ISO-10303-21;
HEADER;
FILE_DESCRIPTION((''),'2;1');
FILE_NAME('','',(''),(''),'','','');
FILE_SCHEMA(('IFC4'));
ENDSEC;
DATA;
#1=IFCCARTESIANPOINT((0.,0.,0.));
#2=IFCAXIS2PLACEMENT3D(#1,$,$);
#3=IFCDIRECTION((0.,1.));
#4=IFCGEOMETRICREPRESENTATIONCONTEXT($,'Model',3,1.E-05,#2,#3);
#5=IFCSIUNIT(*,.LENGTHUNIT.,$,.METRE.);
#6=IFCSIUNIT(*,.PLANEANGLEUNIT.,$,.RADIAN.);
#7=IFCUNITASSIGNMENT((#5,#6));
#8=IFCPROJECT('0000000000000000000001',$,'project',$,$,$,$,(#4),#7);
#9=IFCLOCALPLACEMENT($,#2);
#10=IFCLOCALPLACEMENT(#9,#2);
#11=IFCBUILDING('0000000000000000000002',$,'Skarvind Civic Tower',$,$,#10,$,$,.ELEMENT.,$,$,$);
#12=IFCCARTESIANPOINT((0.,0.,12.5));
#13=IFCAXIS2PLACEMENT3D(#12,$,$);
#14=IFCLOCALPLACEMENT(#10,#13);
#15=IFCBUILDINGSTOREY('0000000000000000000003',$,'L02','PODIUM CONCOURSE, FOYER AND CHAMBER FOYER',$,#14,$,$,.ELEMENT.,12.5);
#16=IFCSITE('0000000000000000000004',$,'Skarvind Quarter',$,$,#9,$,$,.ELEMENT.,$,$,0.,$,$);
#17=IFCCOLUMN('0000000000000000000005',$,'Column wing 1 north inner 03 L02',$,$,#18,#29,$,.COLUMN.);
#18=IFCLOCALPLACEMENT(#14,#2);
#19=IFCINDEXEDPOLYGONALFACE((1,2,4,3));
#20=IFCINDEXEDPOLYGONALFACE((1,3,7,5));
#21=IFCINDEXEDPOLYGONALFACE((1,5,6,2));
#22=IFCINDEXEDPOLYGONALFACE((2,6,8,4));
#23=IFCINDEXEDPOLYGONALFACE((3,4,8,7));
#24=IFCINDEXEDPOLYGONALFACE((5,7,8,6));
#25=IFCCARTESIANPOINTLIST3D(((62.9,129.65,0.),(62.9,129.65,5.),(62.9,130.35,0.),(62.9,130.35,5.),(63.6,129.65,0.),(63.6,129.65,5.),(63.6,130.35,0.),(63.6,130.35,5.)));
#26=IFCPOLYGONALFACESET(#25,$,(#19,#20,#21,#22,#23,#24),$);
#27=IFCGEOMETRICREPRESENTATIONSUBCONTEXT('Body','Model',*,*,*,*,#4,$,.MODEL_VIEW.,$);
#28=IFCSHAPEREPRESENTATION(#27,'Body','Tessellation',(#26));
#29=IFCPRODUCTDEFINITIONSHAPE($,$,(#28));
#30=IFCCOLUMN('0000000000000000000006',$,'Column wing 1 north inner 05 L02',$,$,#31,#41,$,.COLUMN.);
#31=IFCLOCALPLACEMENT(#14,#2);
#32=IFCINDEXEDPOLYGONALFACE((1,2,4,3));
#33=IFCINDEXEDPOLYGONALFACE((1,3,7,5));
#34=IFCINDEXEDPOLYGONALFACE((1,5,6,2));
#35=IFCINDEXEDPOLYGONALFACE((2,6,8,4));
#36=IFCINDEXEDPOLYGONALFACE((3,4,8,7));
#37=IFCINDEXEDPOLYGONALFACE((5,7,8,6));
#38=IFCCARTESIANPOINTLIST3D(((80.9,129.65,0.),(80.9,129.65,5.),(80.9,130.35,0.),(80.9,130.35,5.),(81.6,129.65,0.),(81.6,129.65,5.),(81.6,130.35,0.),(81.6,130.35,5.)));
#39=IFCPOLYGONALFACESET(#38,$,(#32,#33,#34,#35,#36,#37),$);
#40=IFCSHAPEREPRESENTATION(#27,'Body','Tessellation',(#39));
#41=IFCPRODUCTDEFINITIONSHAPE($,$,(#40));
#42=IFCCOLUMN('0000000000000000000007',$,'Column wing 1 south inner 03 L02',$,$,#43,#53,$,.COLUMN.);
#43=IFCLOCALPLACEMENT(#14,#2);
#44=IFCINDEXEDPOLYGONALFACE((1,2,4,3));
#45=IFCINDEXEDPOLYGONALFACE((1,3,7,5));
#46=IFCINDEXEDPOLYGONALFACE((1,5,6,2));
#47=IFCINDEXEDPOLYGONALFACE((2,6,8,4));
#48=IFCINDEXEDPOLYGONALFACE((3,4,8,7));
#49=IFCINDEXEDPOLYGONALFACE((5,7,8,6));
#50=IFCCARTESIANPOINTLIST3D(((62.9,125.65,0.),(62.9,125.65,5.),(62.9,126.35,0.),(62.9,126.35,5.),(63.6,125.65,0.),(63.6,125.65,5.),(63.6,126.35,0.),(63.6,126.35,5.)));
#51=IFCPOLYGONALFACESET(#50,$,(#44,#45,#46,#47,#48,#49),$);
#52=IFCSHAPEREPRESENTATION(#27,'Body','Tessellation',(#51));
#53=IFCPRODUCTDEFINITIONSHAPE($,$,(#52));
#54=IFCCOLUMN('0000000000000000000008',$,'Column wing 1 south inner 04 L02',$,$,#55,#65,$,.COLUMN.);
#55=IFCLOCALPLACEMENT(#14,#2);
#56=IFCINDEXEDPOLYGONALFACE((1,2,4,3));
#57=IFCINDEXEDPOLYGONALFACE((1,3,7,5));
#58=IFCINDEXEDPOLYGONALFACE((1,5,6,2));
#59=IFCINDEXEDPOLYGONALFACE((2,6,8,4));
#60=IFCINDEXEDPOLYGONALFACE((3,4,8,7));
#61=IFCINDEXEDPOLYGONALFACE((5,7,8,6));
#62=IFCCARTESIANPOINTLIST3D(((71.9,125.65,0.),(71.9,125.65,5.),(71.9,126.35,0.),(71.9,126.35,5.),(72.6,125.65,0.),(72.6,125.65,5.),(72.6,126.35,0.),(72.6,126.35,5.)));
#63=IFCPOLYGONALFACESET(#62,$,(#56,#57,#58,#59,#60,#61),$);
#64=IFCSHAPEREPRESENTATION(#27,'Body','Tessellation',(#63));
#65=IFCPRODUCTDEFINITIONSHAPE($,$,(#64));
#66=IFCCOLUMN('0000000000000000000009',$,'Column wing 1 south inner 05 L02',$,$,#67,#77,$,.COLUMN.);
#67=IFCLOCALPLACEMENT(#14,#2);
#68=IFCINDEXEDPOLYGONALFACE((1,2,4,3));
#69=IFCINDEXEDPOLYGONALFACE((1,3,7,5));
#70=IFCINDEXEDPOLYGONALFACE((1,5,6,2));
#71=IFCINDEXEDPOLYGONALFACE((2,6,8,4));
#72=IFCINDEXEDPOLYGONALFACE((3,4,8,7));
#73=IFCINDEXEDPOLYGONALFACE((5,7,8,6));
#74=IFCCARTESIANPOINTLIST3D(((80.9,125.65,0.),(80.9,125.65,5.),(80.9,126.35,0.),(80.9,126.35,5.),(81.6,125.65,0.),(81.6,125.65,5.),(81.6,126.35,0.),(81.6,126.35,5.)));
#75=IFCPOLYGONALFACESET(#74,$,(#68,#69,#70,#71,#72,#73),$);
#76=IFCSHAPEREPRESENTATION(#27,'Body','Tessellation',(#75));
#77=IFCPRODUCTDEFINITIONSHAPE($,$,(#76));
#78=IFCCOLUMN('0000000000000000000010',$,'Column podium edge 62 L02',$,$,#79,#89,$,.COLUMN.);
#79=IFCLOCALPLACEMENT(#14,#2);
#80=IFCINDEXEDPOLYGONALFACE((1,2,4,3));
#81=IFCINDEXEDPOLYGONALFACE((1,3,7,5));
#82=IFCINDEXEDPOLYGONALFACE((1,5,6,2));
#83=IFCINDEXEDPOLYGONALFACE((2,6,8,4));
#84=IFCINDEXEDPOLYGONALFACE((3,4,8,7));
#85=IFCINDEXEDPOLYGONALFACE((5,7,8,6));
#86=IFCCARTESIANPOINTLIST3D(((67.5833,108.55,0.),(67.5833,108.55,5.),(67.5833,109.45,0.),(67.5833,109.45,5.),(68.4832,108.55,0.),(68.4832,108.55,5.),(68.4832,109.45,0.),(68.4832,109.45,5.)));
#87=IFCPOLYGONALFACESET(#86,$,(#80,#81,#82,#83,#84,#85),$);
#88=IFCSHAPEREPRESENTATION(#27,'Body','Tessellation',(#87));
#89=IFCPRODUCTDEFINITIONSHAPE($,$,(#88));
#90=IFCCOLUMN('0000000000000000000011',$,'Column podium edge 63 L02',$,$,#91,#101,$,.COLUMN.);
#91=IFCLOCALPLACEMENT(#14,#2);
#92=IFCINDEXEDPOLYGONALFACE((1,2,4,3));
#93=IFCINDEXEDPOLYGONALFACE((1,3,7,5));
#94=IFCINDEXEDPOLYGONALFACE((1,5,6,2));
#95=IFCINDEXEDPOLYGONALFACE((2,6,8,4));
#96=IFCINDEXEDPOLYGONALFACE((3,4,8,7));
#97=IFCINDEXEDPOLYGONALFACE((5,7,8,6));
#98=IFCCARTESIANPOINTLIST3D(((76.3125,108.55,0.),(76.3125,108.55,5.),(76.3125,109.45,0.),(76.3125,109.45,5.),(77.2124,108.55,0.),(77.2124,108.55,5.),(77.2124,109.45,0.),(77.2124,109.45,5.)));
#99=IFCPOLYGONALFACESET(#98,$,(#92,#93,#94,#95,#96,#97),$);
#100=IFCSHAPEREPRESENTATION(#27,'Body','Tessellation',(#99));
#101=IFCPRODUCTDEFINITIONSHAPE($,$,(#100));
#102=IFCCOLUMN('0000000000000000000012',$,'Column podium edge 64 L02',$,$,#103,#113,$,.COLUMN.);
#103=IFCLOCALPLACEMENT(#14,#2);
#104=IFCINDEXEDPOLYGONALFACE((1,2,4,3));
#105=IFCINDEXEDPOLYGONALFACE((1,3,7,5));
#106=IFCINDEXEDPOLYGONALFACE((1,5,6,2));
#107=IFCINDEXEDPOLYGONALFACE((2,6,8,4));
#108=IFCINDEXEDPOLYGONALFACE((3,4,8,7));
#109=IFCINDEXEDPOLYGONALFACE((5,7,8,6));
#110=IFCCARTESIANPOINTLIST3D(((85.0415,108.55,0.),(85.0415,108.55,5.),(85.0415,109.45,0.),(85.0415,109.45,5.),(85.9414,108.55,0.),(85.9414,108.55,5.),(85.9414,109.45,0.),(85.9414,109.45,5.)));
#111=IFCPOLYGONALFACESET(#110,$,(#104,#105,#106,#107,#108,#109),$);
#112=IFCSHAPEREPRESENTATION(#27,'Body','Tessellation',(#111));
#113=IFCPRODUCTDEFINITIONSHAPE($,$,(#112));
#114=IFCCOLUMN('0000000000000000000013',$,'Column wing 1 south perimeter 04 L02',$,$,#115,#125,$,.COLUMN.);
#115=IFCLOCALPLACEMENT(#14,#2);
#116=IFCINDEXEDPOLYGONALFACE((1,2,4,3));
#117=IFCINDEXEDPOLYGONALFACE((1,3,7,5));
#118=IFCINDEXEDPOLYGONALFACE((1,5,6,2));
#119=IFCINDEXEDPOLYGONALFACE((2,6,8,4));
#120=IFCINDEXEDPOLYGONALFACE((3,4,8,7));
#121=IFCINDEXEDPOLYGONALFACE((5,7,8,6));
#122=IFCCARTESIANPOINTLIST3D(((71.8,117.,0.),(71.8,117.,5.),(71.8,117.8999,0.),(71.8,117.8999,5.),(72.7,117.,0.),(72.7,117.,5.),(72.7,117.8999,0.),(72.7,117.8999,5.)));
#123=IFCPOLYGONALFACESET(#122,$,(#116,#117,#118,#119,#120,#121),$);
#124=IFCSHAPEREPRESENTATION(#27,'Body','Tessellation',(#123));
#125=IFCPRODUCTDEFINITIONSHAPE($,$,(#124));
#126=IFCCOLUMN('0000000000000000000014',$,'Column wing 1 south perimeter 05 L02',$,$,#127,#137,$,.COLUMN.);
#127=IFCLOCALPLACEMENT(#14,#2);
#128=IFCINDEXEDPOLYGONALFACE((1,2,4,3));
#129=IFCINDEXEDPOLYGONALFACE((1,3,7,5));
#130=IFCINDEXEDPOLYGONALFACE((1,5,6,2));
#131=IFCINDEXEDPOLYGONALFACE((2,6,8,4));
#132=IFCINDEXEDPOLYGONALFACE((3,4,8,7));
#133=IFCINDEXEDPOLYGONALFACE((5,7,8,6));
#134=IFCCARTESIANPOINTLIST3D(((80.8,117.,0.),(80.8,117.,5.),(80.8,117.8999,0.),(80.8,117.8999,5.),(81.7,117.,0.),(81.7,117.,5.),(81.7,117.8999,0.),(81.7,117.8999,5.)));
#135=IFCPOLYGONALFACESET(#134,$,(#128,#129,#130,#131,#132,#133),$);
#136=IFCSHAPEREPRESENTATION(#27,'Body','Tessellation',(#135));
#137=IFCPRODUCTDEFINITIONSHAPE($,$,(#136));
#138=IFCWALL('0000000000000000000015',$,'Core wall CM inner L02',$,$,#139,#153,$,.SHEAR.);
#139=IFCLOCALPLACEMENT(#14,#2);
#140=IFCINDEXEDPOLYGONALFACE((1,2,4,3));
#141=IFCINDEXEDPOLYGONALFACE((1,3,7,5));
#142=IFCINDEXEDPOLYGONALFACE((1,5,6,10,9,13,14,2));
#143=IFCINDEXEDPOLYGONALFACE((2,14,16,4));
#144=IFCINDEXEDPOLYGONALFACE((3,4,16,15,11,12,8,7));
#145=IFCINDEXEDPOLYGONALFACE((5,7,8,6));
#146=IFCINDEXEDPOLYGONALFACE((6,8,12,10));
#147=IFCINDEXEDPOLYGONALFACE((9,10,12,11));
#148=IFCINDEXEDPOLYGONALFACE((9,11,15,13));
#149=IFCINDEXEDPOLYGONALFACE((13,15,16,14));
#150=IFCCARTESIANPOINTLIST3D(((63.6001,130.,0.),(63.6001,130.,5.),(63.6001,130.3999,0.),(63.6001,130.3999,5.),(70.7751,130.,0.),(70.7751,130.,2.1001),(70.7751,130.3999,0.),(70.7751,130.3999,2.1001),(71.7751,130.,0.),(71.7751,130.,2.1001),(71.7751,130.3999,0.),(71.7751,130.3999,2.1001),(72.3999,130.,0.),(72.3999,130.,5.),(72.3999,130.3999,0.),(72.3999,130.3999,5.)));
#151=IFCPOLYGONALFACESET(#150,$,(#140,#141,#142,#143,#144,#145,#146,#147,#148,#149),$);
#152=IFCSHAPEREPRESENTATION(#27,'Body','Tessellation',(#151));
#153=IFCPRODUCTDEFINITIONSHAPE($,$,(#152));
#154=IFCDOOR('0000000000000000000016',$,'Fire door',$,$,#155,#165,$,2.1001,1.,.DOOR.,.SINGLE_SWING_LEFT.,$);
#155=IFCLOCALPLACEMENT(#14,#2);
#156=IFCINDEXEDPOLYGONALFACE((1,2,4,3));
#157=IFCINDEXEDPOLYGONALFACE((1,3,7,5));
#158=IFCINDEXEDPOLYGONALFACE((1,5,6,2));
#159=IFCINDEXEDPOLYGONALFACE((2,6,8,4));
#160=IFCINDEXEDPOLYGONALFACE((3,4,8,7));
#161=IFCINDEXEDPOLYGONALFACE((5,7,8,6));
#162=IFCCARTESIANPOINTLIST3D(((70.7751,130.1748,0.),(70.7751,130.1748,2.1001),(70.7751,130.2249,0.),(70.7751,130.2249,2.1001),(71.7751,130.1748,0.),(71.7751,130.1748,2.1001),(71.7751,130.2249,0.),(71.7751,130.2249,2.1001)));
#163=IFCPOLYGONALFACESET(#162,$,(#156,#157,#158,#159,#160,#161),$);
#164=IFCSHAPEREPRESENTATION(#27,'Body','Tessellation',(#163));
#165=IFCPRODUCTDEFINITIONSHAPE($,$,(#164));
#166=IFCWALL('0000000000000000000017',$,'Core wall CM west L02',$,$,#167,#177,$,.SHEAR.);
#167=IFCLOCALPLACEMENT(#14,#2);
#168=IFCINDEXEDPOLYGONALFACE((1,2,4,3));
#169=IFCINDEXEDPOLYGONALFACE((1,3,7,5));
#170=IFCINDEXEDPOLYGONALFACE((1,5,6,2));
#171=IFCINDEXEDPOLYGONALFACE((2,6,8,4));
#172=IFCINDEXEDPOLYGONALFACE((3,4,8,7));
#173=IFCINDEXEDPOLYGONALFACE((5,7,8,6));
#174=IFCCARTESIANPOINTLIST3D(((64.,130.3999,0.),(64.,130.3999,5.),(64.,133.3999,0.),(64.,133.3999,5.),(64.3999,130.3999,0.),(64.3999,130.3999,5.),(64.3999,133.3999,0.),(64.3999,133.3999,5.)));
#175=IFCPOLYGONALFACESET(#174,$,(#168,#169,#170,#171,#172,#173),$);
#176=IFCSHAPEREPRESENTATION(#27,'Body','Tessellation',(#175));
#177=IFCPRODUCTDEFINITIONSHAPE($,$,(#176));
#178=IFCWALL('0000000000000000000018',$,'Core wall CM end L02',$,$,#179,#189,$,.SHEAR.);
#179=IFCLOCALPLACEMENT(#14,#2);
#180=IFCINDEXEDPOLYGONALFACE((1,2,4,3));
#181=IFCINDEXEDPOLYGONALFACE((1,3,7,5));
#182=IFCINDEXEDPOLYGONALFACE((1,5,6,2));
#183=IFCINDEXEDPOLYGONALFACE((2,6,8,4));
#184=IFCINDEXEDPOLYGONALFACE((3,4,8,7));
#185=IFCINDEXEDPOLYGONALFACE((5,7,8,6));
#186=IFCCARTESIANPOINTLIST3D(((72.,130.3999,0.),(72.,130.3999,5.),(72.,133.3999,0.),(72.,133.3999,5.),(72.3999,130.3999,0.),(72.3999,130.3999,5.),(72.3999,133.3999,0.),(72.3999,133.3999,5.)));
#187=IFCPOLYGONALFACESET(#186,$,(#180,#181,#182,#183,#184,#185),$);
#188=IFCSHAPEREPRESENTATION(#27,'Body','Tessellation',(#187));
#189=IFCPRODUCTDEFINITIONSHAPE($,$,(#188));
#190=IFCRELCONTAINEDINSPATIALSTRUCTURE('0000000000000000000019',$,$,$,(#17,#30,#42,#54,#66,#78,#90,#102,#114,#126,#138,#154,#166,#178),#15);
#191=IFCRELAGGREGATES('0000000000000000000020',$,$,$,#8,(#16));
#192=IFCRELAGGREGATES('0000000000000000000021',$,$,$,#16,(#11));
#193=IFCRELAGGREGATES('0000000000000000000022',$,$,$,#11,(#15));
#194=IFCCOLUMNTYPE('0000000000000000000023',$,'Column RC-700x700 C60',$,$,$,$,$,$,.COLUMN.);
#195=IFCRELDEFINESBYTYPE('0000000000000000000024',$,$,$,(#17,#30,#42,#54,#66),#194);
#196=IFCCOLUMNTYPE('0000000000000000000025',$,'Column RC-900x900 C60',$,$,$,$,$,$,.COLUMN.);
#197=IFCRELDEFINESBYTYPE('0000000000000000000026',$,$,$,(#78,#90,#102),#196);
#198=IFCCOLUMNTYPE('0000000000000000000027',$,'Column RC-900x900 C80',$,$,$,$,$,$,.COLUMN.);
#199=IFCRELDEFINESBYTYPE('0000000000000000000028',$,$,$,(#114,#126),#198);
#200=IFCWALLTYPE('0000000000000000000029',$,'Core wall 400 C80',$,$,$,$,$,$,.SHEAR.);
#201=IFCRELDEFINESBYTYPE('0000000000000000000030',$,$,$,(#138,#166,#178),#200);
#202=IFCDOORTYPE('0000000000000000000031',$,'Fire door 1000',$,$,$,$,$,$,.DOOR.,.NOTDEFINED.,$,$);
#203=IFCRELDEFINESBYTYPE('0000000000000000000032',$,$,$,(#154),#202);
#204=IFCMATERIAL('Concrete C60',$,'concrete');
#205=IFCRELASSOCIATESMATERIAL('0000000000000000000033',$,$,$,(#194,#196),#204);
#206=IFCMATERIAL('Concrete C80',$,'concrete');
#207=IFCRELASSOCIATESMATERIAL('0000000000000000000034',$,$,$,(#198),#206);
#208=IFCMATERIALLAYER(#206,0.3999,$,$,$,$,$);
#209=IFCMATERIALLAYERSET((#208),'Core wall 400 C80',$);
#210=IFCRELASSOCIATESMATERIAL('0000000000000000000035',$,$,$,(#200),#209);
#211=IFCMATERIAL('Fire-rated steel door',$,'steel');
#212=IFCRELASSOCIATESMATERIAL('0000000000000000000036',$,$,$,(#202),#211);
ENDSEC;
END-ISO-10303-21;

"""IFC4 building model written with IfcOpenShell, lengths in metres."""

from ifc_helpers import new_model, si_unit, direction, frame, frame_2d, origin, origin_2d, place, context, subcontext, project, spatial, rectangle, extrude, material, layer, layer_set, material_profile, profile_set, type_object, element, fill, save


model = new_model("IFC4")

# Units and contexts
model_context = context("Model", 3, precision=1e-05, world=origin(), true_north=direction((0.0, 1.0)))
body_context = subcontext(model_context, "Body", "Model", "MODEL_VIEW")
ifc_project = project(units=[si_unit("LENGTHUNIT", "METRE"), si_unit("PLANEANGLEUNIT", "RADIAN")], contexts=[model_context])

# Site, building, storey
site_placement = place(None, origin())
site = spatial("IfcSite", under=ifc_project, at=site_placement, Name="Skarvind Quarter", CompositionType="ELEMENT", RefElevation=0.0)
building_placement = place(site_placement, origin())
building = spatial("IfcBuilding", under=site, at=building_placement, Name="Skarvind Civic Tower", CompositionType="ELEMENT")
storey_placement = place(building_placement, frame((0.0, 0.0, 12.5)))
storey = spatial("IfcBuildingStorey", under=building, at=storey_placement, Name="L02", Description="PODIUM CONCOURSE, FOYER AND CHAMBER FOYER", CompositionType="ELEMENT", Elevation=12.5)

# Columns
ifc_material_1 = material(Name="Concrete C60", Category="concrete")
ifc_material_profile_1 = material_profile(ifc_material_1, rectangle(XDim=0.7, YDim=0.7, at=origin_2d()), Name="RC-700x700")
ifc_profile_set_1 = profile_set([ifc_material_profile_1], Name="Concrete C60")
column_type_1 = type_object("IfcColumnType", Name="Column RC-700x700 C60", PredefinedType="COLUMN", material=ifc_profile_set_1)
for number, where, z_axis, x_axis, name in (
    (1, (63.25, 130.0, 0.0), (0.0, 0.0, 1.0), (1.0, 0.0, 0.0), "Column wing 1 north inner 03 L02"),
    (2, (81.25, 130.0, 0.0), (0.0, 0.0, 1.0), (1.0, 0.0, 0.0), "Column wing 1 north inner 05 L02"),
    (3, (63.25, 126.0, 0.0), (0.0, 0.0, 1.0), (1.0, 0.0, 0.0), "Column wing 1 south inner 03 L02"),
    (4, (72.25, 126.0, 0.0), (0.0, 0.0, 1.0), (1.0, 0.0, 0.0), "Column wing 1 south inner 04 L02"),
    (5, (81.25, 126.0, 0.0), (0.0, 0.0, 1.0), (1.0, 0.0, 0.0), "Column wing 1 south inner 05 L02"),
):
    element("IfcColumn", number, at=place(storey_placement, frame(where, z_axis=z_axis, x_axis=x_axis)), inside=storey, type_object=column_type_1, Name=name, PredefinedType="COLUMN", context=body_context, shape_type="SweptSolid", body=[
        extrude(rectangle(XDim=0.7, YDim=0.7, at=origin_2d()), origin(), (0.0, 0.0, 1.0), 5.0),
    ])
ifc_material_profile_2 = material_profile(ifc_material_1, rectangle(XDim=0.8999, YDim=0.8999, at=origin_2d()), Name="RC-900x900")
ifc_profile_set_2 = profile_set([ifc_material_profile_2], Name="Concrete C60")
column_type_2 = type_object("IfcColumnType", Name="Column RC-900x900 C60", PredefinedType="COLUMN", material=ifc_profile_set_2)
for number, where, z_axis, x_axis, name in (
    (6, (68.0332, 109.0, 0.0), (0.0, 0.0, 1.0), (1.0, 0.0, 0.0), "Column podium edge 62 L02"),
    (7, (76.7625, 109.0, 0.0), (0.0, 0.0, 1.0), (1.0, 0.0, 0.0), "Column podium edge 63 L02"),
    (8, (85.4915, 109.0, 0.0), (0.0, 0.0, 1.0), (1.0, 0.0, 0.0), "Column podium edge 64 L02"),
):
    element("IfcColumn", number, at=place(storey_placement, frame(where, z_axis=z_axis, x_axis=x_axis)), inside=storey, type_object=column_type_2, Name=name, PredefinedType="COLUMN", context=body_context, shape_type="SweptSolid", body=[
        extrude(rectangle(XDim=0.8999, YDim=0.8999, at=origin_2d()), origin(), (0.0, 0.0, 1.0), 5.0),
    ])
ifc_material_2 = material(Name="Concrete C80", Category="concrete")
ifc_material_profile_3 = material_profile(ifc_material_2, rectangle(XDim=0.8999, YDim=0.8999, at=origin_2d()), Name="RC-900x900")
ifc_profile_set_3 = profile_set([ifc_material_profile_3], Name="Concrete C80")
column_type_3 = type_object("IfcColumnType", Name="Column RC-900x900 C80", PredefinedType="COLUMN", material=ifc_profile_set_3)
for number, where, z_axis, x_axis, name in (
    (9, (72.25, 117.45, 0.0), (0.0, 0.0, 1.0), (1.0, 0.0, 0.0), "Column wing 1 south perimeter 04 L02"),
    (10, (81.25, 117.45, 0.0), (0.0, 0.0, 1.0), (1.0, 0.0, 0.0), "Column wing 1 south perimeter 05 L02"),
):
    element("IfcColumn", number, at=place(storey_placement, frame(where, z_axis=z_axis, x_axis=x_axis)), inside=storey, type_object=column_type_3, Name=name, PredefinedType="COLUMN", context=body_context, shape_type="SweptSolid", body=[
        extrude(rectangle(XDim=0.8999, YDim=0.8999, at=origin_2d()), origin(), (0.0, 0.0, 1.0), 5.0),
    ])

# Wall, opening, door
ifc_layer_1 = layer(ifc_material_2, 0.3999)
ifc_layer_set_1 = layer_set([ifc_layer_1], Name="Core wall 400 C80")
wall_type_1 = type_object("IfcWallType", Name="Core wall 400 C80", PredefinedType="SHEAR", material=ifc_layer_set_1)
wall_1_placement = place(storey_placement, frame((63.6001, 130.2, 0.0), z_axis=(0.0, 0.0, 1.0), x_axis=(1.0, 0.0, 0.0)))
wall_1 = element("IfcWall", 11, at=wall_1_placement, inside=storey, type_object=wall_type_1, Name="Core wall CM inner L02", PredefinedType="SHEAR", context=body_context, shape_type="SweptSolid", body=[
    extrude(rectangle(XDim=8.7998, YDim=0.3999, at=frame_2d((4.3999, 0.0))), origin(), (0.0, 0.0, 1.0), 5.0),
])
opening_1_placement = place(wall_1_placement, frame((7.175, 0.0, 0.0)))
opening_1 = element("IfcOpeningElement", 12, at=opening_1_placement, cuts=wall_1, PredefinedType="OPENING", context=body_context, shape_type="SweptSolid", body=[
    extrude(rectangle(XDim=1.0, YDim=2.1001, at=frame_2d((0.5, 1.05))), frame((0.0, 0.21, 0.0), z_axis=(0.0, -1.0, 0.0), x_axis=(1.0, 0.0, 0.0)), (0.0, 0.0, 1.0), 0.4199),
])
ifc_material_3 = material(Name="Fire-rated steel door", Category="steel")
door_type_1 = type_object("IfcDoorType", Name="Fire door 1000", OperationType="NOTDEFINED", PredefinedType="DOOR", material=ifc_material_3)
door_1_placement = place(opening_1_placement, origin())
door_1 = element("IfcDoor", 13, at=door_1_placement, inside=storey, type_object=door_type_1, Name="Fire door", OperationType="SINGLE_SWING_LEFT", OverallHeight=2.1001, OverallWidth=1.0, PredefinedType="DOOR", context=body_context, shape_type="SweptSolid", body=[
    extrude(rectangle(XDim=1.0, YDim=2.1001, at=frame_2d((0.5, 1.05))), frame((0.0, 0.0249, 0.0), z_axis=(0.0, -1.0, 0.0), x_axis=(1.0, 0.0, 0.0)), (0.0, 0.0, 1.0), 0.05),
])
fill(opening_1, door_1)

# Walls
for number, where, z_axis, x_axis, name in (
    (14, (64.2, 130.3999, 0.0), (0.0, 0.0, 1.0), (0.0, 1.0, 0.0), "Core wall CM west L02"),
    (15, (72.2, 130.3999, 0.0), (0.0, 0.0, 1.0), (0.0, 1.0, 0.0), "Core wall CM end L02"),
):
    element("IfcWall", number, at=place(storey_placement, frame(where, z_axis=z_axis, x_axis=x_axis)), inside=storey, type_object=wall_type_1, Name=name, PredefinedType="SHEAR", context=body_context, shape_type="SweptSolid", body=[
        extrude(rectangle(XDim=3.0, YDim=0.3999, at=frame_2d((1.5, 0.0))), origin(), (0.0, 0.0, 1.0), 5.0),
    ])

save(model, "model.ifc")
